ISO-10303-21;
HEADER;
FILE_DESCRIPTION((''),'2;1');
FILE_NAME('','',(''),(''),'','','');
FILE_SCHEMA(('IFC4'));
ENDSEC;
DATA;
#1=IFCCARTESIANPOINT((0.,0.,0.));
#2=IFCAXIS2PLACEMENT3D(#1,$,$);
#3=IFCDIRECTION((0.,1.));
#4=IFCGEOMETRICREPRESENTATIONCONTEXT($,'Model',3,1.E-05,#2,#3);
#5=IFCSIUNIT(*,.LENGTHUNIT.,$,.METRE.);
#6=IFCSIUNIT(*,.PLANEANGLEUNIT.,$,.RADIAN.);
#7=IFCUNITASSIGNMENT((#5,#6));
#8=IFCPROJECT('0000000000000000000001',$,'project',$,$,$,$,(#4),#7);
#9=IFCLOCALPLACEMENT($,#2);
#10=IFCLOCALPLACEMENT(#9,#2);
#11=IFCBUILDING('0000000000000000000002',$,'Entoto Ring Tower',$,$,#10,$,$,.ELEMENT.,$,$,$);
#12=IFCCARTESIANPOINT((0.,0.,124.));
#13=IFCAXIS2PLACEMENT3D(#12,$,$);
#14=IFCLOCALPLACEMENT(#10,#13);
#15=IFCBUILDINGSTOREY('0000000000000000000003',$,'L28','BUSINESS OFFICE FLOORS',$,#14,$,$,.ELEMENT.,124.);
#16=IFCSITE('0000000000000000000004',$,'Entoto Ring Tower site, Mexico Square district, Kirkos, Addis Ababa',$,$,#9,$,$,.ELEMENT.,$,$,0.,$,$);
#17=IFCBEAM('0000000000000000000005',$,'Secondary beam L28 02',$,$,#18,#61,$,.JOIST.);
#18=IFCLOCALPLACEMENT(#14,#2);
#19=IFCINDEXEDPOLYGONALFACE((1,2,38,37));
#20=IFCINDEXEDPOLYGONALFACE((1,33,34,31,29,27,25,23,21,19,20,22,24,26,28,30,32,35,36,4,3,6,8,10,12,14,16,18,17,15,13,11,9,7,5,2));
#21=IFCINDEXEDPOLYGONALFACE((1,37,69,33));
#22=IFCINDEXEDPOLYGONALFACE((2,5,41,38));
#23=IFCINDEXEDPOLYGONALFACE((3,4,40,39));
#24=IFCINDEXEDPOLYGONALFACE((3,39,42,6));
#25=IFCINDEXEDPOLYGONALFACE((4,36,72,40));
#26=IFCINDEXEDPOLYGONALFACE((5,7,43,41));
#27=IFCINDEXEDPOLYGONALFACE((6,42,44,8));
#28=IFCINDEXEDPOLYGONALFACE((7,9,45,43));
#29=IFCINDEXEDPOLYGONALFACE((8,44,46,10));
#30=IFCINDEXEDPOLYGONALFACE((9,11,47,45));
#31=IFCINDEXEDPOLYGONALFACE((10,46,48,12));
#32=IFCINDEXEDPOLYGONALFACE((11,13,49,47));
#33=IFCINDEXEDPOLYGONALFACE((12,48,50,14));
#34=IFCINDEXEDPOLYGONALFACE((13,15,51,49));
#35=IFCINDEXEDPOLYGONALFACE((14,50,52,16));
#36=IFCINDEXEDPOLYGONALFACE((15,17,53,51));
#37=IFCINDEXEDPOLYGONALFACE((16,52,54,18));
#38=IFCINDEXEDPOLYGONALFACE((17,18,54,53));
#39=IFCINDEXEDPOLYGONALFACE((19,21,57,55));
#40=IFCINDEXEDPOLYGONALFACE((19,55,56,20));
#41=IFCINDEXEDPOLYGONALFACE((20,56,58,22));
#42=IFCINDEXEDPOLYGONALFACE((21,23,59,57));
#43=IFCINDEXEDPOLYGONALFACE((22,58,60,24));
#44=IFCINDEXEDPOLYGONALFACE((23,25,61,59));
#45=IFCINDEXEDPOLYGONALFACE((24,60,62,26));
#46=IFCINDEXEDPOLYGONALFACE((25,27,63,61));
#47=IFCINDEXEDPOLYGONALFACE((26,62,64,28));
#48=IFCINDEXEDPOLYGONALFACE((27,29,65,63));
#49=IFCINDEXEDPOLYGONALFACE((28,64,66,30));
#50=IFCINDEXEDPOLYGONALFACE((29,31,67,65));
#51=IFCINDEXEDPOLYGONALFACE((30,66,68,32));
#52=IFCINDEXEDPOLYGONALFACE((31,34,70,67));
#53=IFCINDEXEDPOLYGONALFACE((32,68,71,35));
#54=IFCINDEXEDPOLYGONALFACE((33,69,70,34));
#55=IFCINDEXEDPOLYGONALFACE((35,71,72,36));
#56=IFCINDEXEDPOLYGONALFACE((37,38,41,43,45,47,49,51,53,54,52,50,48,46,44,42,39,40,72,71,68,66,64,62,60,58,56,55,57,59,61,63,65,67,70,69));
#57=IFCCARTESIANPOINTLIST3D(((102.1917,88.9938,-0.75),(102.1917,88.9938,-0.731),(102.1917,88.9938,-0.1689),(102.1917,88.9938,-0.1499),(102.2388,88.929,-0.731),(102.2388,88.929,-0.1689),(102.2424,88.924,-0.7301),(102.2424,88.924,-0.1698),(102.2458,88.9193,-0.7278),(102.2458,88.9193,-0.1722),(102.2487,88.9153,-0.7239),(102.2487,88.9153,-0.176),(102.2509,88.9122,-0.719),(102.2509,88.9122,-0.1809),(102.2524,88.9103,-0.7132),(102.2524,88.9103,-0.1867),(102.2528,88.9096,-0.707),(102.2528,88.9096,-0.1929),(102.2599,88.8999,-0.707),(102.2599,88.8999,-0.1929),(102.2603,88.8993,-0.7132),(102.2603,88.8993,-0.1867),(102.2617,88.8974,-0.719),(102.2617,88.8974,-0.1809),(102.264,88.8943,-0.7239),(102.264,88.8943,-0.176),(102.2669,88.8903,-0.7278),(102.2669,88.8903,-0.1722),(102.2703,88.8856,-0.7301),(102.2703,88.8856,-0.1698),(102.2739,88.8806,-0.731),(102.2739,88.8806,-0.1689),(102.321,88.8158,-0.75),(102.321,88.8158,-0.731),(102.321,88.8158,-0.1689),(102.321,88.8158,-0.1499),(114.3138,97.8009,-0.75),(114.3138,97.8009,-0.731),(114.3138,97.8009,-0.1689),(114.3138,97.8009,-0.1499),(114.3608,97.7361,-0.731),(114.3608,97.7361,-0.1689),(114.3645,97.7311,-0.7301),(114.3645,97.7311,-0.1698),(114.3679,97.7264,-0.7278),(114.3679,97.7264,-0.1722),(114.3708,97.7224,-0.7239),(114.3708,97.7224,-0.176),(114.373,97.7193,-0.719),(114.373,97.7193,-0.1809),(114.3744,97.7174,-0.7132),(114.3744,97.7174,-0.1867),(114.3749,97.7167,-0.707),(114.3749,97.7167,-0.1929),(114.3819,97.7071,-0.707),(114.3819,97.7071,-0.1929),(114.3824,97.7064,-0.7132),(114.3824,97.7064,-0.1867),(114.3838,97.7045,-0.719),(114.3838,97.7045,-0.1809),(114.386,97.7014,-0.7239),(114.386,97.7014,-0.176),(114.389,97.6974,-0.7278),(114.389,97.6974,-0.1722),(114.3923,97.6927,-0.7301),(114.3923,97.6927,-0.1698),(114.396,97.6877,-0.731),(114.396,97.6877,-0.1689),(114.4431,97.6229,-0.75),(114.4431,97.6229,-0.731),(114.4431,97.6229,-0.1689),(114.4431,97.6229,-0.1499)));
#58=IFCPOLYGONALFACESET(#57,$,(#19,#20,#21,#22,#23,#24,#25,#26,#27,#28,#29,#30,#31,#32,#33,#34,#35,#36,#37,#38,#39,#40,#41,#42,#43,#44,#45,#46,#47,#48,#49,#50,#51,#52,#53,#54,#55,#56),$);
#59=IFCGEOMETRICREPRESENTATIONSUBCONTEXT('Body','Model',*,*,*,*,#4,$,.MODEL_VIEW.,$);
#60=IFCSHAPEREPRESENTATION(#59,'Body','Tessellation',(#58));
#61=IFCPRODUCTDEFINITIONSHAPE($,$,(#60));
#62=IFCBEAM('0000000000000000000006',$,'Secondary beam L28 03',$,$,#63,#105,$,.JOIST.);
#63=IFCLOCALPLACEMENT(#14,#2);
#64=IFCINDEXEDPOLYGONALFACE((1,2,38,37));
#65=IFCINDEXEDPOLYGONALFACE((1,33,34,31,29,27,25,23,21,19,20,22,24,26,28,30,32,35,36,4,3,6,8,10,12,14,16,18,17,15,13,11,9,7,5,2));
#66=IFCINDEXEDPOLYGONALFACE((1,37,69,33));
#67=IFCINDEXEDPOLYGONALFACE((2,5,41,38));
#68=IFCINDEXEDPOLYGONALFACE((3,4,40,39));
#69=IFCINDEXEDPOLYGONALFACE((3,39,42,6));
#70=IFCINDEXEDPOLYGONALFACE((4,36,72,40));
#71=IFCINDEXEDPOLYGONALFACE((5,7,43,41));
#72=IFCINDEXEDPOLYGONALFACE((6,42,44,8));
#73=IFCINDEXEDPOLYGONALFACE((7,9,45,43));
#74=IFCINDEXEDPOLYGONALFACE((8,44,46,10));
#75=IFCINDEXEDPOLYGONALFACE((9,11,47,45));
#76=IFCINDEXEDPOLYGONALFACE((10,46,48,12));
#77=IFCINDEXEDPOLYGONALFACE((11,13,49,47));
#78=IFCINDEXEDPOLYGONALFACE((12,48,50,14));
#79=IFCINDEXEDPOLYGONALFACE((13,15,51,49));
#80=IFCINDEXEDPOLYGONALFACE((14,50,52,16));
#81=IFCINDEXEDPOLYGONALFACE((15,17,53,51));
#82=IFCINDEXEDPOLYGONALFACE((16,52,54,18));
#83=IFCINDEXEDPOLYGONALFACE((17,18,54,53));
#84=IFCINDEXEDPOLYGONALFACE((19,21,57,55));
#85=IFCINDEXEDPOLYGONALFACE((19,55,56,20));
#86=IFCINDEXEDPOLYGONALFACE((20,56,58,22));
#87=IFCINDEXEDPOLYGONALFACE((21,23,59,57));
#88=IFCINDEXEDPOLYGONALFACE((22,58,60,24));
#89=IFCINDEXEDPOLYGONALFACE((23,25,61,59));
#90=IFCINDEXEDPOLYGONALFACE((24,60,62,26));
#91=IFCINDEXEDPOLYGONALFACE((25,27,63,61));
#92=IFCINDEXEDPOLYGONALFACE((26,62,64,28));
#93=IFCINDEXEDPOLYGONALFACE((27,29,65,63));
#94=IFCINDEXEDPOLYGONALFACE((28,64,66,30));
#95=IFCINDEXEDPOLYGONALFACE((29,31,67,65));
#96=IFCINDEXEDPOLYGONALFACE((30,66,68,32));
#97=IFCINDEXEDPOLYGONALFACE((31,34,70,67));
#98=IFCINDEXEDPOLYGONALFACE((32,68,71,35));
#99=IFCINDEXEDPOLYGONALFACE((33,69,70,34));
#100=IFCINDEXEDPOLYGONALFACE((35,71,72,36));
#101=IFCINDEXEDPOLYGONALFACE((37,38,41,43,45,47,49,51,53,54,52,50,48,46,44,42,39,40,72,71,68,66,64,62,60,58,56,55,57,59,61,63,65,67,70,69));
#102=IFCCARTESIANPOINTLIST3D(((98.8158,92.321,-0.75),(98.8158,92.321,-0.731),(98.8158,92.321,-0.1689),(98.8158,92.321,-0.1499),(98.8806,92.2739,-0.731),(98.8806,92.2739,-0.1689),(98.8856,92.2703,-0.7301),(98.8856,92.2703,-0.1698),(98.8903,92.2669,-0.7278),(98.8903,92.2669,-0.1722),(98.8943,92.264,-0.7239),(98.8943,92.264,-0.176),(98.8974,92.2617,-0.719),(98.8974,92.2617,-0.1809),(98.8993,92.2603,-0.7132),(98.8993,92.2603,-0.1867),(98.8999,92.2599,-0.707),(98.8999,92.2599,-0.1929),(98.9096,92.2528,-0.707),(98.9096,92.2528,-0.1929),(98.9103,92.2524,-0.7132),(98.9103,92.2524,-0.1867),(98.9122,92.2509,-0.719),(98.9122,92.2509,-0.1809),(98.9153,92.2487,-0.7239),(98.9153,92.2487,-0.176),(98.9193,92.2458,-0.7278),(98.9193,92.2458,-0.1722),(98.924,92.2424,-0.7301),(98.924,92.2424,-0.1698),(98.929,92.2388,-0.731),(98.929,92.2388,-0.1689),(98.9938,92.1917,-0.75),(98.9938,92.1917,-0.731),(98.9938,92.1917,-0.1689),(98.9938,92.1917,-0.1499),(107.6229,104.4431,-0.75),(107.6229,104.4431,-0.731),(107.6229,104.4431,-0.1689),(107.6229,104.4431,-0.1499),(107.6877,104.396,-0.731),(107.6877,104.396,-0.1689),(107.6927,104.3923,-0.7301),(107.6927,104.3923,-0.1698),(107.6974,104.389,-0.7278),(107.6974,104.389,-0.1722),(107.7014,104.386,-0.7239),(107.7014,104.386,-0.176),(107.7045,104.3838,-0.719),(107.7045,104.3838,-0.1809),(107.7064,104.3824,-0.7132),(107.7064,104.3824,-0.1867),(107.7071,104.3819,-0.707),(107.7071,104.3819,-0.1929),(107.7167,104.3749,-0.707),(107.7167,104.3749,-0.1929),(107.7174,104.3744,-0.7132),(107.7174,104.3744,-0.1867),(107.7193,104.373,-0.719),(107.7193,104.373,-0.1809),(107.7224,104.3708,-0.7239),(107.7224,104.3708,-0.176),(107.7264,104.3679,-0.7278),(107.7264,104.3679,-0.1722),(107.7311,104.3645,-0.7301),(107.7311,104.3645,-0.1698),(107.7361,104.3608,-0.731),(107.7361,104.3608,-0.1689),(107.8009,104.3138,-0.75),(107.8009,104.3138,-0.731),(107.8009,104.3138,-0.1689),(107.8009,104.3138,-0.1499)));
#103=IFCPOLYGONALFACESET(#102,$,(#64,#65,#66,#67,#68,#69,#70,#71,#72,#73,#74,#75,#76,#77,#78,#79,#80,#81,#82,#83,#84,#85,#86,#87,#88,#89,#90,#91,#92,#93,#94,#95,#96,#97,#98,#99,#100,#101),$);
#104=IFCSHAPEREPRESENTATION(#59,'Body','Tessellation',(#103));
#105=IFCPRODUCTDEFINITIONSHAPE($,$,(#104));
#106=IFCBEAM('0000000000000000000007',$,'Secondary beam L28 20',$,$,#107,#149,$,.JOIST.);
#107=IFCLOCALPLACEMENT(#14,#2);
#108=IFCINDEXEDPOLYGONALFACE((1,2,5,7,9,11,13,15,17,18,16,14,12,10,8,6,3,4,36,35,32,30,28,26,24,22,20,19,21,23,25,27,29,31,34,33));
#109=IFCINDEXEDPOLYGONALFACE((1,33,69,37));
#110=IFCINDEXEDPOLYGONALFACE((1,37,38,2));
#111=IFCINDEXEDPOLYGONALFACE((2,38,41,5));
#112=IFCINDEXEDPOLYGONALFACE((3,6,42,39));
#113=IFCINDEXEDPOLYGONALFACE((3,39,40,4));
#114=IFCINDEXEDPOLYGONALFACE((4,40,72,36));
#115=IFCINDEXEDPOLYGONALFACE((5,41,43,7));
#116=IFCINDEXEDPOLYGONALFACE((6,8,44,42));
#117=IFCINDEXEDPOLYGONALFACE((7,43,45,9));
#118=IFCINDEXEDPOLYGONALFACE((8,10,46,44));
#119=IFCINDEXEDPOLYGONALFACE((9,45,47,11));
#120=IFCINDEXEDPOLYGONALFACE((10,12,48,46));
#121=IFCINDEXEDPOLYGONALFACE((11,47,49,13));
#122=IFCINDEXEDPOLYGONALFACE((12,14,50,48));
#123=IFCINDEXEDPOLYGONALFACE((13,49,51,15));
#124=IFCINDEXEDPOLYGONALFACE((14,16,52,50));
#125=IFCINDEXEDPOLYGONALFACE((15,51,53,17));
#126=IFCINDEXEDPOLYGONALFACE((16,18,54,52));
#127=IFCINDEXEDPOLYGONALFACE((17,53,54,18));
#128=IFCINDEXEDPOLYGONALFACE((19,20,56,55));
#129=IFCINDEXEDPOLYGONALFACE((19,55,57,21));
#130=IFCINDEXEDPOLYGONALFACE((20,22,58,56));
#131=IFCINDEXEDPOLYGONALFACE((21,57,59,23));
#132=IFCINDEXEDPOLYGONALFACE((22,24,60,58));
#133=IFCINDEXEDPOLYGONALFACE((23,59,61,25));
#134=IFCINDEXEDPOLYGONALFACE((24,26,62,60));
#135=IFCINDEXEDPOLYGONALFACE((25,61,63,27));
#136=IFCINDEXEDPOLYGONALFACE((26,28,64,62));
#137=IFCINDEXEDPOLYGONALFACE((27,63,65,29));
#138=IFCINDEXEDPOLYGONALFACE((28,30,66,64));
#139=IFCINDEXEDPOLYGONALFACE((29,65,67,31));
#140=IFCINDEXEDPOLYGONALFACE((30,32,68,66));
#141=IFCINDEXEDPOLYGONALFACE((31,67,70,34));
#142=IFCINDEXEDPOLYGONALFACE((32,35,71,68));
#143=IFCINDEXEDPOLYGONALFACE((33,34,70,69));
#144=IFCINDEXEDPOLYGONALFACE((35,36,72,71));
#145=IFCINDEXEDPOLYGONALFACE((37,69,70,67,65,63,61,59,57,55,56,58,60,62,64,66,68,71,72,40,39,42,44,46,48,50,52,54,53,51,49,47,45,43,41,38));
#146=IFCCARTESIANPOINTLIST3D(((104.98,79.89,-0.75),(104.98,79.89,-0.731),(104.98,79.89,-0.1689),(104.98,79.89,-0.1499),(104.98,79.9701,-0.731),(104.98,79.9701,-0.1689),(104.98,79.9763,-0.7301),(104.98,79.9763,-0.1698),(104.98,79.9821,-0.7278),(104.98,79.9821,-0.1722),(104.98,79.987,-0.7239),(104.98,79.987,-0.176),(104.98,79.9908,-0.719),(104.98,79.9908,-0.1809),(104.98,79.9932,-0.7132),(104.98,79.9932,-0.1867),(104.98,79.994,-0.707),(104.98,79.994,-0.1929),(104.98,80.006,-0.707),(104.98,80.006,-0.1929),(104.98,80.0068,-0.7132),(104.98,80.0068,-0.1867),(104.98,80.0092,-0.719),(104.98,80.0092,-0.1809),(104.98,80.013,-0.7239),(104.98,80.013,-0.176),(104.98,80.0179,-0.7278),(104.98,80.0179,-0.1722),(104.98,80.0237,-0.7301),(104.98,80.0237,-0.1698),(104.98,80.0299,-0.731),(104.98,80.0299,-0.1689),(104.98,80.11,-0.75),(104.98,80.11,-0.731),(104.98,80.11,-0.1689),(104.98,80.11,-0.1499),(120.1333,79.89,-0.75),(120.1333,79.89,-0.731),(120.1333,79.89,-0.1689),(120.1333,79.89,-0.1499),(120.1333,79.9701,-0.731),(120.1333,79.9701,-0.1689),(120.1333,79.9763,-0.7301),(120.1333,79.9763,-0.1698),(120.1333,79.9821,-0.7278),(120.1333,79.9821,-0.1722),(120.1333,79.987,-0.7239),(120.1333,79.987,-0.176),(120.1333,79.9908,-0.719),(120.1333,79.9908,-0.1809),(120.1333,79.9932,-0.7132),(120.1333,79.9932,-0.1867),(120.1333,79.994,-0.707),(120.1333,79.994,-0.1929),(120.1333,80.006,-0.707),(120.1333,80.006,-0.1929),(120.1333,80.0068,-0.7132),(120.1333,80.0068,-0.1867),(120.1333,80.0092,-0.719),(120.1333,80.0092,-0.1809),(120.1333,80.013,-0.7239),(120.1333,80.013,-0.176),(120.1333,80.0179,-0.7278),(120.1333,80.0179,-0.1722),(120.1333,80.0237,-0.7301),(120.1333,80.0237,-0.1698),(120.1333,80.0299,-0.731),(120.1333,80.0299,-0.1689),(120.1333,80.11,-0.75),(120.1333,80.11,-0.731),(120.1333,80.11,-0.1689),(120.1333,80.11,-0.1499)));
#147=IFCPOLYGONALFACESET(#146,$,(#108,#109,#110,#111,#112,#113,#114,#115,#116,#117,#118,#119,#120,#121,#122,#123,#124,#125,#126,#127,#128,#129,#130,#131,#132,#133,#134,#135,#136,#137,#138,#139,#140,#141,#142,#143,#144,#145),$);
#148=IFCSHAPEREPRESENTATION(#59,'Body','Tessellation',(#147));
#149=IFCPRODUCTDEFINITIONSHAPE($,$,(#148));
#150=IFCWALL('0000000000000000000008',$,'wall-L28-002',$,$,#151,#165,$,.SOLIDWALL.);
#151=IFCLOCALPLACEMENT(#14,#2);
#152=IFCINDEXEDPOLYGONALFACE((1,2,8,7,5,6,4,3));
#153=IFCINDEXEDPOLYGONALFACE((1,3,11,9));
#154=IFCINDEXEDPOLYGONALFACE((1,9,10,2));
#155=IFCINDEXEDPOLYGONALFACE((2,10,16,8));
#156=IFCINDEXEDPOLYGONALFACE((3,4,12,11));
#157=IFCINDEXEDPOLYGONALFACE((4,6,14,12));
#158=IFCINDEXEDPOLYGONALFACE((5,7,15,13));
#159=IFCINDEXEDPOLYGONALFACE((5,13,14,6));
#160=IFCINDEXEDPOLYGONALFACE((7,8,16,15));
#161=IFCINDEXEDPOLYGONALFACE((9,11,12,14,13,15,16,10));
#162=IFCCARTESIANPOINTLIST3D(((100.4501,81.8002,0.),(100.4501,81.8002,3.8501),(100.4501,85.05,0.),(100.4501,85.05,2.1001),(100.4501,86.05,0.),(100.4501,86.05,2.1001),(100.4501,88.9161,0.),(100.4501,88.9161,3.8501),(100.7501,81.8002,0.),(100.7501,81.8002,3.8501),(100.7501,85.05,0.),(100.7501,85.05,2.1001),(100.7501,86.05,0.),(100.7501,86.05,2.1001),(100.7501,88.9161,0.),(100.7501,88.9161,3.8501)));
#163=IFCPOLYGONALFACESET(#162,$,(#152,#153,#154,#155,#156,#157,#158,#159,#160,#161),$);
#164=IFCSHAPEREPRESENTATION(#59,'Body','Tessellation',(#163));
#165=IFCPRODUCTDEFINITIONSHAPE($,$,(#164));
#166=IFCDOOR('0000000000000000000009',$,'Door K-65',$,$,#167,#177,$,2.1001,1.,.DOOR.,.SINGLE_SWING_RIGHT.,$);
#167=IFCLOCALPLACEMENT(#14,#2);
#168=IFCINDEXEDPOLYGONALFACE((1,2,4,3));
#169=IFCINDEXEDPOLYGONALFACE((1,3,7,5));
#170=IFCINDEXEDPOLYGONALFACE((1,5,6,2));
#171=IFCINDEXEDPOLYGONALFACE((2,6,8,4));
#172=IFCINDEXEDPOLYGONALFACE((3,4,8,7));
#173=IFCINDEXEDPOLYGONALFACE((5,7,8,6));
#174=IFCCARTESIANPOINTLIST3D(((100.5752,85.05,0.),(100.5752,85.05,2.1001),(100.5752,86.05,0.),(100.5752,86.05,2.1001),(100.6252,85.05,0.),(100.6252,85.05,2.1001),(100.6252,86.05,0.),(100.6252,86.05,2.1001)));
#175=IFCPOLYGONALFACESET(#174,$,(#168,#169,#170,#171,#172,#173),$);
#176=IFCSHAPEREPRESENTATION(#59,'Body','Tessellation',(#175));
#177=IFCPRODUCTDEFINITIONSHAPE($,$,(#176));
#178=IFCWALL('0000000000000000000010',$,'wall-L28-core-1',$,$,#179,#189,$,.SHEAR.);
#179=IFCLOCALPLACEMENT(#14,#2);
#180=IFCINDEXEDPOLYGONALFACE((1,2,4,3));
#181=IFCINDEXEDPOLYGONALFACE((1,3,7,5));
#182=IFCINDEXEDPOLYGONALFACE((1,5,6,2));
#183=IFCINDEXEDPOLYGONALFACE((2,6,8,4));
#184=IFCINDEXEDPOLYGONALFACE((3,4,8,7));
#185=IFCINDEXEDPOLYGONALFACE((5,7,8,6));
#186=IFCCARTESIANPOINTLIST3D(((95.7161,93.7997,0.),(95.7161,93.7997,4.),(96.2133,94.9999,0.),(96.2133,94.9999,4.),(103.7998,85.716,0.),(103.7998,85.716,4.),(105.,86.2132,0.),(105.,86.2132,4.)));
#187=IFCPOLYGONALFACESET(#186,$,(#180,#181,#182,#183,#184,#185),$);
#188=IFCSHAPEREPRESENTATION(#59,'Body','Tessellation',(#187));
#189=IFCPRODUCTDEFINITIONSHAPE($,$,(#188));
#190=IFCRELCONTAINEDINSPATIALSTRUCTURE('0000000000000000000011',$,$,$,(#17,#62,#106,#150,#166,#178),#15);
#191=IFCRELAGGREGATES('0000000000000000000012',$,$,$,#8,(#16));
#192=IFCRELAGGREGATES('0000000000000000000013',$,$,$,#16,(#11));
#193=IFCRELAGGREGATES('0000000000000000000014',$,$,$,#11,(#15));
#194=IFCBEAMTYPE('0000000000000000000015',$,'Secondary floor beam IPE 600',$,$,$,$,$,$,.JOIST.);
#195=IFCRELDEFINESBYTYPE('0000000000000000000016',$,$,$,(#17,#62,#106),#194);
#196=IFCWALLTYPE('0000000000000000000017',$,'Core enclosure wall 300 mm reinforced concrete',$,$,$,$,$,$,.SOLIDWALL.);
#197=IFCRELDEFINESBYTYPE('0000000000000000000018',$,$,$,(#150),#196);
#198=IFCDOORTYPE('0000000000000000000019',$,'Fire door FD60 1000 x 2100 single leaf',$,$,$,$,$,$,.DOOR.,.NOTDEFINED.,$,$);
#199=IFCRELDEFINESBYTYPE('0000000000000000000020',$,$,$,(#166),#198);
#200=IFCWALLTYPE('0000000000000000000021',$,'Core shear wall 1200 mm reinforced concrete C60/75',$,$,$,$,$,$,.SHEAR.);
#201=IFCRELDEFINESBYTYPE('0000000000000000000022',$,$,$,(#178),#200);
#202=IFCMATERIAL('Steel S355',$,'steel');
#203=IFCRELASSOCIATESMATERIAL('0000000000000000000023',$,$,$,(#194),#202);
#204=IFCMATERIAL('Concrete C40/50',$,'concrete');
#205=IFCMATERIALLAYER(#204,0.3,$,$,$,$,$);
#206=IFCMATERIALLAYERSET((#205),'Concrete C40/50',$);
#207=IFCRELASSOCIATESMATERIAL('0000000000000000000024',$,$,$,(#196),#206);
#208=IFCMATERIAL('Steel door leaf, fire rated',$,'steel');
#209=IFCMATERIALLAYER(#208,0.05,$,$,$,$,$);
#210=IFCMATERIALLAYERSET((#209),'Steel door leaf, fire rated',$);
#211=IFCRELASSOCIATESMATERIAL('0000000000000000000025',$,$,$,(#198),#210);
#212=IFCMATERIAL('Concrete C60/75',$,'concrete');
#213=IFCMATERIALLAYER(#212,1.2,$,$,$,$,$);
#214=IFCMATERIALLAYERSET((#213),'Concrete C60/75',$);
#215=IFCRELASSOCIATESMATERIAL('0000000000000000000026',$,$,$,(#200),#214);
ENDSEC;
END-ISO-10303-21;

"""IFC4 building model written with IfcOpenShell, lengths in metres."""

from ifc_helpers import new_model, si_unit, direction, frame, frame_2d, origin, origin_2d, place, context, subcontext, project, spatial, polyline, rectangle, i_section, outline, extrude, material, layer, layer_set, material_profile, profile_set, type_object, element, fill, save


model = new_model("IFC4")

# Units and contexts
model_context = context("Model", 3, precision=1e-05, world=origin(), true_north=direction((0.0, 1.0)))
body_context = subcontext(model_context, "Body", "Model", "MODEL_VIEW")
ifc_project = project(units=[si_unit("LENGTHUNIT", "METRE"), si_unit("PLANEANGLEUNIT", "RADIAN")], contexts=[model_context])

# Site, building, storey
site_placement = place(None, origin())
site = spatial("IfcSite", under=ifc_project, at=site_placement, Name="Entoto Ring Tower site, Mexico Square district, Kirkos, Addis Ababa", CompositionType="ELEMENT", RefElevation=0.0)
building_placement = place(site_placement, origin())
building = spatial("IfcBuilding", under=site, at=building_placement, Name="Entoto Ring Tower", CompositionType="ELEMENT")
storey_placement = place(building_placement, frame((0.0, 0.0, 124.0)))
storey = spatial("IfcBuildingStorey", under=building, at=storey_placement, Name="L28", Description="BUSINESS OFFICE FLOORS", CompositionType="ELEMENT", Elevation=124.0)

# Beams
ifc_material_1 = material(Name="Steel S355", Category="steel")
ifc_material_profile_1 = material_profile(ifc_material_1, i_section(OverallWidth=0.22, OverallDepth=0.6001, WebThickness=0.012, FlangeThickness=0.019, FilletRadius=0.0239, at=origin_2d()), Name="IPE 600")
ifc_profile_set_1 = profile_set([ifc_material_profile_1], Name="Steel S355")
beam_type_1 = type_object("IfcBeamType", Name="Secondary floor beam IPE 600", PredefinedType="JOIST", material=ifc_profile_set_1)
for number, where, z_axis, x_axis, name in (
    (1, (102.2563, 88.9048, -0.45), (0.809019, 0.587782, 0.0), (-0.587782, 0.809019, 0.0), "Secondary beam L28 02"),
    (2, (98.9048, 92.2563, -0.45), (0.587782, 0.809019, 0.0), (-0.809019, 0.587782, 0.0), "Secondary beam L28 03"),
):
    element("IfcBeam", number, at=place(storey_placement, frame(where, z_axis=z_axis, x_axis=x_axis)), inside=storey, type_object=beam_type_1, Name=name, PredefinedType="JOIST", context=body_context, shape_type="SweptSolid", body=[
        extrude(i_section(OverallWidth=0.22, OverallDepth=0.6001, WebThickness=0.012, FlangeThickness=0.019, FilletRadius=0.0239, at=origin_2d()), origin(), (0.0, 0.0, 1.0), 14.9836),
    ])
beam_1_placement = place(storey_placement, frame((104.98, 80.0, -0.45), z_axis=(1.0, 0.0, 0.0), x_axis=(0.0, 1.0, 0.0)))
element("IfcBeam", 3, at=beam_1_placement, inside=storey, type_object=beam_type_1, Name="Secondary beam L28 20", PredefinedType="JOIST", context=body_context, shape_type="SweptSolid", body=[
    extrude(i_section(OverallWidth=0.22, OverallDepth=0.6001, WebThickness=0.012, FlangeThickness=0.019, FilletRadius=0.0239, at=origin_2d()), origin(), (0.0, 0.0, 1.0), 15.1533),
])

# Wall, opening, door
ifc_material_2 = material(Name="Concrete C40/50", Category="concrete")
ifc_layer_1 = layer(ifc_material_2, 0.3)
ifc_layer_set_1 = layer_set([ifc_layer_1], Name="Concrete C40/50")
wall_type_1 = type_object("IfcWallType", Name="Core enclosure wall 300 mm reinforced concrete", PredefinedType="SOLIDWALL", material=ifc_layer_set_1)
wall_1_placement = place(storey_placement, frame((100.6001, 81.8, 0.0), z_axis=(0.0, 0.0, 1.0), x_axis=(0.0, 1.0, 0.0)))
wall_1 = element("IfcWall", 4, at=wall_1_placement, inside=storey, type_object=wall_type_1, Name="wall-L28-002", PredefinedType="SOLIDWALL", context=body_context, shape_type="SweptSolid", body=[
    extrude(rectangle(XDim=7.116, YDim=0.3, at=frame_2d((3.5581, 0.0))), origin(), (0.0, 0.0, 1.0), 3.8501),
])
opening_1_placement = place(wall_1_placement, frame((3.25, 0.0, 0.0)))
opening_1 = element("IfcOpeningElement", 5, at=opening_1_placement, cuts=wall_1, PredefinedType="OPENING", context=body_context, shape_type="SweptSolid", body=[
    extrude(rectangle(XDim=1.0, YDim=2.1001, at=frame_2d((0.5, 1.05))), frame((0.0, 0.1602, 0.0), z_axis=(0.0, -1.0, 0.0), x_axis=(1.0, 0.0, 0.0)), (0.0, 0.0, 1.0), 0.3201),
])
ifc_material_3 = material(Name="Steel door leaf, fire rated", Category="steel")
ifc_layer_2 = layer(ifc_material_3, 0.05)
ifc_layer_set_2 = layer_set([ifc_layer_2], Name="Steel door leaf, fire rated")
door_type_1 = type_object("IfcDoorType", Name="Fire door FD60 1000 x 2100 single leaf", OperationType="NOTDEFINED", PredefinedType="DOOR", material=ifc_layer_set_2)
door_1_placement = place(opening_1_placement, origin())
door_1 = element("IfcDoor", 6, at=door_1_placement, inside=storey, type_object=door_type_1, Name="Door K-65", OperationType="SINGLE_SWING_RIGHT", OverallHeight=2.1001, OverallWidth=1.0, PredefinedType="DOOR", context=body_context, shape_type="SweptSolid", body=[
    extrude(rectangle(XDim=1.0, YDim=2.1001, at=frame_2d((0.5, 1.05))), frame((0.0, 0.0249, 0.0), z_axis=(0.0, -1.0, 0.0), x_axis=(1.0, 0.0, 0.0)), (0.0, 0.0, 1.0), 0.05),
])
fill(opening_1, door_1)

# Wall
ifc_material_4 = material(Name="Concrete C60/75", Category="concrete")
ifc_layer_3 = layer(ifc_material_4, 1.2)
ifc_layer_set_3 = layer_set([ifc_layer_3], Name="Concrete C60/75")
wall_type_2 = type_object("IfcWallType", Name="Core shear wall 1200 mm reinforced concrete C60/75", PredefinedType="SHEAR", material=ifc_layer_set_3)
wall_2_placement = place(storey_placement, frame((104.3999, 85.9646, 0.0), z_axis=(0.0, 0.0, 1.0), x_axis=(-0.707107, 0.707107, 0.0)))
element("IfcWall", 7, at=wall_2_placement, inside=storey, type_object=wall_type_2, Name="wall-L28-core-1", PredefinedType="SHEAR", context=body_context, shape_type="SweptSolid", body=[
    extrude(outline(polyline([(-0.2485, -0.6001), (12.1777, -0.6001), (11.6807, 0.6001), (0.2485, 0.6001), (-0.2485, -0.6001)])), origin(), (0.0, 0.0, 1.0), 4.0),
])

save(model, "model.ifc")
